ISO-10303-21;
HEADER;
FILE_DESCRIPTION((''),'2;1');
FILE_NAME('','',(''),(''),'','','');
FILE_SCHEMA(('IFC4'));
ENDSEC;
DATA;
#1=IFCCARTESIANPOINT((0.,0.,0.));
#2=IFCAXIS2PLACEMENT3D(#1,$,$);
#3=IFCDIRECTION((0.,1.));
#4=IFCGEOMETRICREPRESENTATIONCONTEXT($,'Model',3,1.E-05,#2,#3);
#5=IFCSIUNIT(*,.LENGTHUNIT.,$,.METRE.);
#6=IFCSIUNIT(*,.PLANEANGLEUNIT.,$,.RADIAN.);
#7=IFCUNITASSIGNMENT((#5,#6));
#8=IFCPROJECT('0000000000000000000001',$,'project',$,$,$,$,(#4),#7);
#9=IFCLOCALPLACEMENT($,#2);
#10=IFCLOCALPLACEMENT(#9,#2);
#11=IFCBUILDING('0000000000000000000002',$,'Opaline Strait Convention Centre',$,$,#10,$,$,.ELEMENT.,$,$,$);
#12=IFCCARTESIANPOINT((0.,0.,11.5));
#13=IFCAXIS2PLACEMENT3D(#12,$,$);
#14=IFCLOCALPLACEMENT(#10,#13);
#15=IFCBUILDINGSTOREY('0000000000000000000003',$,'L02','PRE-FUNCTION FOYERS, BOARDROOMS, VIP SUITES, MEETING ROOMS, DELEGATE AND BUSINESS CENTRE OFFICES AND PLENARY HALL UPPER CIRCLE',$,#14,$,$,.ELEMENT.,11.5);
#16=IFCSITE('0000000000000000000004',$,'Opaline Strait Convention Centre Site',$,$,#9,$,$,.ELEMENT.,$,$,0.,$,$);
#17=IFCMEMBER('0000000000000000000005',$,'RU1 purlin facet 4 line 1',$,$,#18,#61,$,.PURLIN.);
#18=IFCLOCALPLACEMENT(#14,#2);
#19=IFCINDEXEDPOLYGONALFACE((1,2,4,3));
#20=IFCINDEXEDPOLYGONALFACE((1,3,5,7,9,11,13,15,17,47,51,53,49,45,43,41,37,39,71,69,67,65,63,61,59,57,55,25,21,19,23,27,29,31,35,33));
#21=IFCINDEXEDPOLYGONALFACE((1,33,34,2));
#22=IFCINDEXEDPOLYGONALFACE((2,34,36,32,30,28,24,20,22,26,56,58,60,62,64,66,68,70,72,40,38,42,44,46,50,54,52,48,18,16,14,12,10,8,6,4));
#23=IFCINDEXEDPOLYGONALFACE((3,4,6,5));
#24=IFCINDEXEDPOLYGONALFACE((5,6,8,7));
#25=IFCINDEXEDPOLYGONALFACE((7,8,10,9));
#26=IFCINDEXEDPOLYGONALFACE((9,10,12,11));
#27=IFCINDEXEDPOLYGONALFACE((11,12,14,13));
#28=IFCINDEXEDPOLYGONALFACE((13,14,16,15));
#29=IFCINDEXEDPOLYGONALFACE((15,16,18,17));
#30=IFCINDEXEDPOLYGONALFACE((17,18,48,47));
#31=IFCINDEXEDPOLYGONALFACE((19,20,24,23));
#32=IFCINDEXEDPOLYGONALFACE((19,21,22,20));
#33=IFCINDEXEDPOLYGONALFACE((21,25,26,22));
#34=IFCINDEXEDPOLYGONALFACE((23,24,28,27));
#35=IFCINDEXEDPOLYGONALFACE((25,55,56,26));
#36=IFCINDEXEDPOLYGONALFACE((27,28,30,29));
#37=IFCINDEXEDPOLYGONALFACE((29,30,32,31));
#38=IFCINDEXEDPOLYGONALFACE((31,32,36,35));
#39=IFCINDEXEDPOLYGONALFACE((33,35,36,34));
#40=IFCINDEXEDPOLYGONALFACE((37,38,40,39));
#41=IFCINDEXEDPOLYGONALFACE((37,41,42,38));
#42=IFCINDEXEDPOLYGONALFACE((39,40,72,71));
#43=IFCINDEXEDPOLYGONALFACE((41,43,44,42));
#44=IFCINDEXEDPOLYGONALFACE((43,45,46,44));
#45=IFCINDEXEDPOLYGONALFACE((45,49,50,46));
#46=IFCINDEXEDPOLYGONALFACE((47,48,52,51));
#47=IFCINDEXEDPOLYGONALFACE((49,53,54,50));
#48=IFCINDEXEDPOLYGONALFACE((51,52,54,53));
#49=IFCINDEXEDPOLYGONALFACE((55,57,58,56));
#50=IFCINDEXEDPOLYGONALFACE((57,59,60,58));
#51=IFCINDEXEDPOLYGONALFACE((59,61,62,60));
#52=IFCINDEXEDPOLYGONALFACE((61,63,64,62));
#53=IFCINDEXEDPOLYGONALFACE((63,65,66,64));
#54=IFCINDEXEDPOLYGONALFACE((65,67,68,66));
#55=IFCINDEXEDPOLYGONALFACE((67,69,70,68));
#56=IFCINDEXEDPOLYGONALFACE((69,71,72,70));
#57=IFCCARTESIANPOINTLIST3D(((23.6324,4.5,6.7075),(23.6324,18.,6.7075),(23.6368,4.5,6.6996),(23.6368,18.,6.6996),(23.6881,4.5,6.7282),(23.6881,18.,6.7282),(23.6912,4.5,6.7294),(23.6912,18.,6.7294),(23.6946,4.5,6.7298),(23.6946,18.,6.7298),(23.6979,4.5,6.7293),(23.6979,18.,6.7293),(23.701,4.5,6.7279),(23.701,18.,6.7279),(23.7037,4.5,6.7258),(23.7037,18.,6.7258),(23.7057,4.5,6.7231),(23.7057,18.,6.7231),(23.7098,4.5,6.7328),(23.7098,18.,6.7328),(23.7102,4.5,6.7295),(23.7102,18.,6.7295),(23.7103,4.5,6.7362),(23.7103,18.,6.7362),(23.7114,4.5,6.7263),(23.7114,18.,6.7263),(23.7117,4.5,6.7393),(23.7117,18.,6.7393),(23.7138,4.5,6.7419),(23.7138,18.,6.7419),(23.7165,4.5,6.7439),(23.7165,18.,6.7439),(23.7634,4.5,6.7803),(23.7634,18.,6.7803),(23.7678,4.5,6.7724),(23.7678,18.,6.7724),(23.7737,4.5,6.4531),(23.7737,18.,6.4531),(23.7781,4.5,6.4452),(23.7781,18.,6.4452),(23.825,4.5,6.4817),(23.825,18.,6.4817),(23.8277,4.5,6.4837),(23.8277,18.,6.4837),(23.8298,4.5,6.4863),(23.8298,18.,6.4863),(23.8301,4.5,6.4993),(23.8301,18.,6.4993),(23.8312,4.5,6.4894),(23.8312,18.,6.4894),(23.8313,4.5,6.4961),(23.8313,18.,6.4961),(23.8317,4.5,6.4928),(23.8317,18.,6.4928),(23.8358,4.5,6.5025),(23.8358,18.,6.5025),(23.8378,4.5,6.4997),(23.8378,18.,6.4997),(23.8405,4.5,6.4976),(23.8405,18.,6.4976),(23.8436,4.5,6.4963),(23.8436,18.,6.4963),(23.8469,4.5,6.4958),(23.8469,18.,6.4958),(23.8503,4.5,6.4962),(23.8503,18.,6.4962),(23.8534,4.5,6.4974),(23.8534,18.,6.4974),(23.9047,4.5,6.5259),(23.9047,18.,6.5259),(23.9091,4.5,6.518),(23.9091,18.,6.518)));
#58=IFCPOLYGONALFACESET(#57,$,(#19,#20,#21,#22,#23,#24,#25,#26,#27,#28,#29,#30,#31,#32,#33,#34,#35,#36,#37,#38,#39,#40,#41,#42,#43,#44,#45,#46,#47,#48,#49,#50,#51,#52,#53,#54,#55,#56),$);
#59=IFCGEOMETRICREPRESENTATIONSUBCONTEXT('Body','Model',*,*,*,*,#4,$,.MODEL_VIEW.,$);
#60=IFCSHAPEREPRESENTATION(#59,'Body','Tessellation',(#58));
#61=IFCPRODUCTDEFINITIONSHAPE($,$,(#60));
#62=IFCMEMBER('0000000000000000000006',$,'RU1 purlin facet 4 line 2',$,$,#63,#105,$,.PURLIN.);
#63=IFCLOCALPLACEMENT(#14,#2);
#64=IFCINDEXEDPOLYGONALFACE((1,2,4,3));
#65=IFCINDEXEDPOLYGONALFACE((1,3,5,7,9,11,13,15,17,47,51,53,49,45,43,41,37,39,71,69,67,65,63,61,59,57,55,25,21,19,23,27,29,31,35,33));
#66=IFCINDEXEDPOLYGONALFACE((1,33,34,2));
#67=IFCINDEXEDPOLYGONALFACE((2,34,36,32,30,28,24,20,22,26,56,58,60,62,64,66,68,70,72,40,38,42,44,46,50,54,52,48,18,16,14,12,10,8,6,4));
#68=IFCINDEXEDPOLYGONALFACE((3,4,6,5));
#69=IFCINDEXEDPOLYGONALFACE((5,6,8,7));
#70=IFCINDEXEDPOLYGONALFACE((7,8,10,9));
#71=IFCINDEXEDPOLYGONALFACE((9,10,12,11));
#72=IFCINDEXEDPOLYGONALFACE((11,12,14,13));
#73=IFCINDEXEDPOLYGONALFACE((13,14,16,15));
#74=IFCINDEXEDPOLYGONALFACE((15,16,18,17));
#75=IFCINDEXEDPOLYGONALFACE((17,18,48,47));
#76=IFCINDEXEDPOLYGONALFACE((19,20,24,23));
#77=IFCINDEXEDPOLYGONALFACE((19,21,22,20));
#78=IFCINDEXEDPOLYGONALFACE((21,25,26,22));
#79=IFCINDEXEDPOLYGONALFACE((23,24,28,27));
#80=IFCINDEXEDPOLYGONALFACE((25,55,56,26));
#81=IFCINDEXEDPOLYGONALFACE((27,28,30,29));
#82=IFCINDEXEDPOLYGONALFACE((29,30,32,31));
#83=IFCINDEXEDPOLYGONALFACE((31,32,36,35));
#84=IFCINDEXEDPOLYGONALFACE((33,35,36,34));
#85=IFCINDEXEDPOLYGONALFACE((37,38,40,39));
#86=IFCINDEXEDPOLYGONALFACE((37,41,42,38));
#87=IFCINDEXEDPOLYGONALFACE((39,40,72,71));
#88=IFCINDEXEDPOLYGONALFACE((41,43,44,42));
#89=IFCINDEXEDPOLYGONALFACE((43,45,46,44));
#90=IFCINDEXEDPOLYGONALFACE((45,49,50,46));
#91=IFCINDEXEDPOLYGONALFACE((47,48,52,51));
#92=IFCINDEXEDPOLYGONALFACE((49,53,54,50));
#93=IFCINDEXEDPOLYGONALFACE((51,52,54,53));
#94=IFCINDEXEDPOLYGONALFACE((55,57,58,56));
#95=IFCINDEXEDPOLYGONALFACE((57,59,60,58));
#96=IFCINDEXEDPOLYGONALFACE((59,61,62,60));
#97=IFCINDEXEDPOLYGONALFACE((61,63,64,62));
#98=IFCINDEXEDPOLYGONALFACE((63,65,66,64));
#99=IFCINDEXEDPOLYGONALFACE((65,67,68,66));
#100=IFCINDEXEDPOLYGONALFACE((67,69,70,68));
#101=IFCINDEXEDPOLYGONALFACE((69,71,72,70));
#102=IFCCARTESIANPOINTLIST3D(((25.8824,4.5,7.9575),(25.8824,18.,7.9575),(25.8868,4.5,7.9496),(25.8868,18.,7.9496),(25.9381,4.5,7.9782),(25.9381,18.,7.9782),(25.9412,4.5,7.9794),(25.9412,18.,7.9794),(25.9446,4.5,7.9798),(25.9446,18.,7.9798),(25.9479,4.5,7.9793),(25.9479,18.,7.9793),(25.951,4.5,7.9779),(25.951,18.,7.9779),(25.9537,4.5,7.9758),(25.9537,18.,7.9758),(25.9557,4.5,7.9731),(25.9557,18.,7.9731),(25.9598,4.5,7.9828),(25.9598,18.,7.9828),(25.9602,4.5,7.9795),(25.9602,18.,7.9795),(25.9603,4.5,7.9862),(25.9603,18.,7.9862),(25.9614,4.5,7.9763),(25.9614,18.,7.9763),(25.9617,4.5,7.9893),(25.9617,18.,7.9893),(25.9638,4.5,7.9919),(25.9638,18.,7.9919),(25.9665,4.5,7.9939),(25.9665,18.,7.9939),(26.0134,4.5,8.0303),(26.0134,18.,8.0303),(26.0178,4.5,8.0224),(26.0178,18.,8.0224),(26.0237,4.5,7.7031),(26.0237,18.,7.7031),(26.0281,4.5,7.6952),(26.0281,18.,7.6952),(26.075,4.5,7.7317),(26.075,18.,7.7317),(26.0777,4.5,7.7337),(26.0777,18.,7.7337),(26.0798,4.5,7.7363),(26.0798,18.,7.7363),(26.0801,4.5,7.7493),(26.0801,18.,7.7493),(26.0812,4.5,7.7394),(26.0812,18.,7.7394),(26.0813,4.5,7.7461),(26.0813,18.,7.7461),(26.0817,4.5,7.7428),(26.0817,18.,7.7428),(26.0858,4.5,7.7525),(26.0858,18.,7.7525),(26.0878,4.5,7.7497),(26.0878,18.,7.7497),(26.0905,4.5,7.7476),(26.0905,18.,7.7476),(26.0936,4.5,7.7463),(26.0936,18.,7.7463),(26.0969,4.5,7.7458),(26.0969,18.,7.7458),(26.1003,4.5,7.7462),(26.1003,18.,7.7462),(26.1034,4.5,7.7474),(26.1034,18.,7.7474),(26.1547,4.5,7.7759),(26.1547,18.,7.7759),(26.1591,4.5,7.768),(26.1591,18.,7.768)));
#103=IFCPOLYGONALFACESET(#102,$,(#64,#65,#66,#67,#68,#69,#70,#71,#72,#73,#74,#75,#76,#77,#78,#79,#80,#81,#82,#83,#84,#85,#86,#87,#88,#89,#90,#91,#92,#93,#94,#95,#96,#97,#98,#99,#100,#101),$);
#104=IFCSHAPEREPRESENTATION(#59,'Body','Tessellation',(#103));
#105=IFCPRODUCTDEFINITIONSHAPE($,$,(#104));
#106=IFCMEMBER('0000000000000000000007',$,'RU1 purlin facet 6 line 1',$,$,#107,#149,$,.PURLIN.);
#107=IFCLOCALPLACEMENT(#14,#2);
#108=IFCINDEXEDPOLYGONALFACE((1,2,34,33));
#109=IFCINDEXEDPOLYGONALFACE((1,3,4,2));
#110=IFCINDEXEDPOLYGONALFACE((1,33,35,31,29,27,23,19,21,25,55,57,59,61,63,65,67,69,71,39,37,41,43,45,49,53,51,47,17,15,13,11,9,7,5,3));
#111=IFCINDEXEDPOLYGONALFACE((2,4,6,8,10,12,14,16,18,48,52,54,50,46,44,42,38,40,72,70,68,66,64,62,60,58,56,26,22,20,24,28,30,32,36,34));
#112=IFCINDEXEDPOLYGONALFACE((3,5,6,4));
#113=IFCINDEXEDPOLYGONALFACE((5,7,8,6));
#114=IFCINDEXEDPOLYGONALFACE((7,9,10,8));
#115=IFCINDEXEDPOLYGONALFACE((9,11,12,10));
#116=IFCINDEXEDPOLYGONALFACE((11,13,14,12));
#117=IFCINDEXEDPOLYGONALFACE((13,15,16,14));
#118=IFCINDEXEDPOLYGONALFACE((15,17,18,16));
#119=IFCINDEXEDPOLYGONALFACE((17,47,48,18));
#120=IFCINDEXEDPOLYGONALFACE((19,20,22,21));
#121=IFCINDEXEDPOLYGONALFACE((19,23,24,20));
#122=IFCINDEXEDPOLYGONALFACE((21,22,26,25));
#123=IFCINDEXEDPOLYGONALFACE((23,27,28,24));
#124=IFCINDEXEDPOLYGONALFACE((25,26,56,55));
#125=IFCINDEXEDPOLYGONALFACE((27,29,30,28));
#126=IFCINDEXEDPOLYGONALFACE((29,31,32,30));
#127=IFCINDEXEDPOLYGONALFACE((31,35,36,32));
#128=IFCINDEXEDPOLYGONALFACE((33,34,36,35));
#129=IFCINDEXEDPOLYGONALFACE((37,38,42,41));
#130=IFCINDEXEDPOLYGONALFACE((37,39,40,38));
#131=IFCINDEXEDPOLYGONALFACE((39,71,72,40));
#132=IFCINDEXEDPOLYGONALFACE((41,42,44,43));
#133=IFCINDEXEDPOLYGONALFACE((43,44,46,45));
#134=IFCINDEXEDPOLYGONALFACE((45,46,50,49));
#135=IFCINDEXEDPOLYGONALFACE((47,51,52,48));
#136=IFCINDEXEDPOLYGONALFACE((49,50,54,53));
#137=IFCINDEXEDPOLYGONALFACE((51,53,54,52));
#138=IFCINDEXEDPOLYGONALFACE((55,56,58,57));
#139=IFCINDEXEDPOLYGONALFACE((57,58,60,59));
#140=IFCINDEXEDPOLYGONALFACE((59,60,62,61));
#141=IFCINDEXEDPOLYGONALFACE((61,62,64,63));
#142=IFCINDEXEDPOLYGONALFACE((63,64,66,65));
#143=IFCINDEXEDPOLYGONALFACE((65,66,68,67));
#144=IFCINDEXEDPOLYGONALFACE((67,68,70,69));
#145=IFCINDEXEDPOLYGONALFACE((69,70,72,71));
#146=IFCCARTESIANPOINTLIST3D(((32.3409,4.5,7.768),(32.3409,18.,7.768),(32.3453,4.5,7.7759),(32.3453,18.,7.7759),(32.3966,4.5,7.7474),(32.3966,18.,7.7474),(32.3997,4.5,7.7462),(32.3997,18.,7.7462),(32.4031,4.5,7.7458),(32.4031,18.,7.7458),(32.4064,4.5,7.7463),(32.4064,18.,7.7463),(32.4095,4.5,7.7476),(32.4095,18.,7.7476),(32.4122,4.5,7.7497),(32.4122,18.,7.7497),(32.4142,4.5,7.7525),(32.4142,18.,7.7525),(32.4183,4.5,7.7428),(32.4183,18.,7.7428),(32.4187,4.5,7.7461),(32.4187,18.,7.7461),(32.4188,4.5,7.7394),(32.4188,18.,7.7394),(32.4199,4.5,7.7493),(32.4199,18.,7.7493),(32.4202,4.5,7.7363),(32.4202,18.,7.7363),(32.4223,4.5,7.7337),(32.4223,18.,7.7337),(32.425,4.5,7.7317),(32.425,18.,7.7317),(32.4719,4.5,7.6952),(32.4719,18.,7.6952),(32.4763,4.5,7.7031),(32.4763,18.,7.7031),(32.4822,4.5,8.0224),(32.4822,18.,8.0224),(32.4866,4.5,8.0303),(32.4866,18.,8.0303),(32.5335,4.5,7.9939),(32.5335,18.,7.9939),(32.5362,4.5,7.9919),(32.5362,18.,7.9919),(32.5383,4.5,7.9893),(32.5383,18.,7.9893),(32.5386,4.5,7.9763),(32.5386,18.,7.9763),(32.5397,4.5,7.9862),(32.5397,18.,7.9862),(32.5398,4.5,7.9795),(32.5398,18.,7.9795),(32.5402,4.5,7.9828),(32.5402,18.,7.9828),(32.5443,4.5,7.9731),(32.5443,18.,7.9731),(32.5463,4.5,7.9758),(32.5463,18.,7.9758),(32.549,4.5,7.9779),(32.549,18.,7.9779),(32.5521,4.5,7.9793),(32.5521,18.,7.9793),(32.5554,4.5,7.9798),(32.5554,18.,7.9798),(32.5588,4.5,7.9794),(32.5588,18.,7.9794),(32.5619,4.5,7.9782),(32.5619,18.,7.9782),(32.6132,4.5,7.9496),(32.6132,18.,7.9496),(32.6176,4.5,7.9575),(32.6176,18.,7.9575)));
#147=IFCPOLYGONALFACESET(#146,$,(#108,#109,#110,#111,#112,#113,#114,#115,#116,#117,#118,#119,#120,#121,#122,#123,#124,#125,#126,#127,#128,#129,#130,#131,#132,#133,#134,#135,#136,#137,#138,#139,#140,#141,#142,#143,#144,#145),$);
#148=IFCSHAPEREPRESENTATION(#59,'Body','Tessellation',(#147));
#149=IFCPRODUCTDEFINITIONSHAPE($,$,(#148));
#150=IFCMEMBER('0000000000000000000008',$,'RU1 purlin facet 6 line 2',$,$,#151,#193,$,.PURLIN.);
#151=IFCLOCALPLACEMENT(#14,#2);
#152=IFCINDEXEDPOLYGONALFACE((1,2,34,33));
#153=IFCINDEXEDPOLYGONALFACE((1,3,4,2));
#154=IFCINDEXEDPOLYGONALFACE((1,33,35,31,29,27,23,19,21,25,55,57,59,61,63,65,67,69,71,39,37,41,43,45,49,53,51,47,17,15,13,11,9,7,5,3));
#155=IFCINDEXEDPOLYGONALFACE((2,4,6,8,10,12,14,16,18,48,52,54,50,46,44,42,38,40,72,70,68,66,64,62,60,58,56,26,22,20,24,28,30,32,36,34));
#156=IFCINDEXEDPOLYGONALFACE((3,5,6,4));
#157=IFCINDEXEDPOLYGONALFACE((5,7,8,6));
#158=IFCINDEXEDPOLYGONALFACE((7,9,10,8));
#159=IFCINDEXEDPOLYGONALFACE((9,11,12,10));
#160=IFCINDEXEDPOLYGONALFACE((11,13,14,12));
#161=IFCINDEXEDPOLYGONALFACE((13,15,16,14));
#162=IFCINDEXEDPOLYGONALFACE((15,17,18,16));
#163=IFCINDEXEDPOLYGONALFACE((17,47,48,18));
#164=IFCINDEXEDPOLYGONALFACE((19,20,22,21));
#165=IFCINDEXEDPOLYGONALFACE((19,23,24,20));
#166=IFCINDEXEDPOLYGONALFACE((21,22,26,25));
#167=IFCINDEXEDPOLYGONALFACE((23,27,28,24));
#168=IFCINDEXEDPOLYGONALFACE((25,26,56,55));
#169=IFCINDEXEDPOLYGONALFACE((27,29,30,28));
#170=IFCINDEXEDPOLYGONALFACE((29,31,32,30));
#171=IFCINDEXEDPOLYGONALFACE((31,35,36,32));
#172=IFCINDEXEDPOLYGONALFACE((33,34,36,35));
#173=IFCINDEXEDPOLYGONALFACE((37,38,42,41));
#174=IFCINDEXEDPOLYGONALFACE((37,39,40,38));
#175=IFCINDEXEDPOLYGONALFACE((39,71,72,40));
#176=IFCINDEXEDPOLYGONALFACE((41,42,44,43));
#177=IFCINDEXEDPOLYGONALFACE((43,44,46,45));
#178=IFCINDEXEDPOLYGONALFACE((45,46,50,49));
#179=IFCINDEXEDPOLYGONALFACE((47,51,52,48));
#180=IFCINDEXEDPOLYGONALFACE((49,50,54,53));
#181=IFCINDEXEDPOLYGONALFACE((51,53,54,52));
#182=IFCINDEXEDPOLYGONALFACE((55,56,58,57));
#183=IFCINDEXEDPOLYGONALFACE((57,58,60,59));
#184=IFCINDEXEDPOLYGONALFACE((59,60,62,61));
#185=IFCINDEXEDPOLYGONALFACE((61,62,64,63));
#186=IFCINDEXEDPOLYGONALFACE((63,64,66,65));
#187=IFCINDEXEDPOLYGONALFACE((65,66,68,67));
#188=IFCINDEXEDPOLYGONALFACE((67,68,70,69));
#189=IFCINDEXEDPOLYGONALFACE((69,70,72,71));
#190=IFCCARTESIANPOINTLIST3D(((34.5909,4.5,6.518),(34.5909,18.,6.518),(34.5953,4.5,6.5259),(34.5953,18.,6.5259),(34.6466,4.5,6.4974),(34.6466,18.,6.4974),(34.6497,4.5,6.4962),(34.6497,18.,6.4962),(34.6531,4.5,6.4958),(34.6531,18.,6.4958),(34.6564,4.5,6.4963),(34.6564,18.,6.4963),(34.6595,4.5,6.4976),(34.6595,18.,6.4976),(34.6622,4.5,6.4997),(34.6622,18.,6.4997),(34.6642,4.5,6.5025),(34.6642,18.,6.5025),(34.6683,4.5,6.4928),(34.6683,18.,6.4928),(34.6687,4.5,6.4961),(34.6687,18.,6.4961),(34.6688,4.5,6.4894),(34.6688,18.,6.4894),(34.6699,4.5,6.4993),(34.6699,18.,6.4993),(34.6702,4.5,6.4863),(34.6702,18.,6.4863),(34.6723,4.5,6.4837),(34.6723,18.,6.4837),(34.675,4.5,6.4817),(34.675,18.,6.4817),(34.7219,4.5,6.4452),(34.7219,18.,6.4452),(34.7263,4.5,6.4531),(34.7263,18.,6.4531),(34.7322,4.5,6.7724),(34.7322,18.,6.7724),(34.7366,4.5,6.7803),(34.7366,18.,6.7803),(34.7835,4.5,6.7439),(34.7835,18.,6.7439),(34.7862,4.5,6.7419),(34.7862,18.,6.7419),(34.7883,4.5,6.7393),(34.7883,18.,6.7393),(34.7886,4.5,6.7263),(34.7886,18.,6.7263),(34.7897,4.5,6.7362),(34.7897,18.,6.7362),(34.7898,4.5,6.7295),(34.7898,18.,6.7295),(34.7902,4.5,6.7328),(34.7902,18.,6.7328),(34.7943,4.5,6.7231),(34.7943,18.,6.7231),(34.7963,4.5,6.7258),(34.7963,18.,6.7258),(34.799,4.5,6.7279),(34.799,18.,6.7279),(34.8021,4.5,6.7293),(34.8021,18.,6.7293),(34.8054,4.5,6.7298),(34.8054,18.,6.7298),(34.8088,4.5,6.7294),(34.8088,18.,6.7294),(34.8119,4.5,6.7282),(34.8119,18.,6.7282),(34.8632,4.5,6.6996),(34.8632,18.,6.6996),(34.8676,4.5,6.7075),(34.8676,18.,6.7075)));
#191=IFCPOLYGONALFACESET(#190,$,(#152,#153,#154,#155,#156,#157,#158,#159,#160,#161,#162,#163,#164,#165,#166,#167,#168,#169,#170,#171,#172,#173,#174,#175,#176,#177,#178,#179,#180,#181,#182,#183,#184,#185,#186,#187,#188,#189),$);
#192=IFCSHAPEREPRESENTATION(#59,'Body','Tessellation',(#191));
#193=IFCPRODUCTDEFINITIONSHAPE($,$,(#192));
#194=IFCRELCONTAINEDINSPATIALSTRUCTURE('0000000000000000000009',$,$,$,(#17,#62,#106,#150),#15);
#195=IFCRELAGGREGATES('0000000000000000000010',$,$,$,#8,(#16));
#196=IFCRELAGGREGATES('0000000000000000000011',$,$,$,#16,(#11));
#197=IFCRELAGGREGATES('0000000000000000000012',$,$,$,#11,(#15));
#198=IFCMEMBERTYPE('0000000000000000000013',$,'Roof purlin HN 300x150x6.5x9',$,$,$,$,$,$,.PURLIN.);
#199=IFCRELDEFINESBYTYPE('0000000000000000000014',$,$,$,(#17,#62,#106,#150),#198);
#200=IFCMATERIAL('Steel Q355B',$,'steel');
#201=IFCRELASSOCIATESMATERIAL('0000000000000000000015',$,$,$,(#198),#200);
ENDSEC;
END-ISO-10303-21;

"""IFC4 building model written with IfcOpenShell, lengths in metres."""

from ifc_helpers import new_model, si_unit, direction, frame, origin, origin_2d, place, context, subcontext, project, spatial, i_section, extrude, material, material_profile, profile_set, type_object, element, save


model = new_model("IFC4")

# Units and contexts
model_context = context("Model", 3, precision=1e-05, world=origin(), true_north=direction((0.0, 1.0)))
body_context = subcontext(model_context, "Body", "Model", "MODEL_VIEW")
ifc_project = project(units=[si_unit("LENGTHUNIT", "METRE"), si_unit("PLANEANGLEUNIT", "RADIAN")], contexts=[model_context])

# Site, building, storey
site_placement = place(None, origin())
site = spatial("IfcSite", under=ifc_project, at=site_placement, Name="Opaline Strait Convention Centre Site", CompositionType="ELEMENT", RefElevation=0.0)
building_placement = place(site_placement, origin())
building = spatial("IfcBuilding", under=site, at=building_placement, Name="Opaline Strait Convention Centre", CompositionType="ELEMENT")
storey_placement = place(building_placement, frame((0.0, 0.0, 11.5)))
storey = spatial("IfcBuildingStorey", under=building, at=storey_placement, Name="L02", Description="PRE-FUNCTION FOYERS, BOARDROOMS, VIP SUITES, MEETING ROOMS, DELEGATE AND BUSINESS CENTRE OFFICES AND PLENARY HALL UPPER CIRCLE", CompositionType="ELEMENT", Elevation=11.5)

# Shared definitions
ifc_material_1 = material(Name="Steel Q355B", Category="steel")

# Members
ifc_material_profile_1 = material_profile(ifc_material_1, i_section(OverallWidth=0.1499, OverallDepth=0.3, WebThickness=0.0066, FlangeThickness=0.009, FilletRadius=0.0129, at=origin_2d()), Name="HN 300x150x6.5x9")
ifc_profile_set_1 = profile_set([ifc_material_profile_1], Name="Steel Q355B")
member_type_1 = type_object("IfcMemberType", Name="Roof purlin HN 300x150x6.5x9", PredefinedType="PURLIN", material=ifc_profile_set_1)
for number, where, z_axis, x_axis, name in (
    (1, (23.7708, 4.5, 6.6128), (0.0, 1.0, 0.0), (-0.874157, 0.0, -0.485643), "RU1 purlin facet 4 line 1"),
    (2, (26.0208, 4.5, 7.8628), (0.0, 1.0, 0.0), (-0.874157, 0.0, -0.485643), "RU1 purlin facet 4 line 2"),
    (3, (32.4792, 4.5, 7.8628), (0.0, 1.0, 0.0), (-0.874157, 0.0, 0.485643), "RU1 purlin facet 6 line 1"),
    (4, (34.7292, 4.5, 6.6128), (0.0, 1.0, 0.0), (-0.874157, 0.0, 0.485643), "RU1 purlin facet 6 line 2"),
):
    element("IfcMember", number, at=place(storey_placement, frame(where, z_axis=z_axis, x_axis=x_axis)), inside=storey, type_object=member_type_1, Name=name, PredefinedType="PURLIN", context=body_context, shape_type="SweptSolid", body=[
        extrude(i_section(OverallWidth=0.1499, OverallDepth=0.3, WebThickness=0.0066, FlangeThickness=0.009, FilletRadius=0.0129, at=origin_2d()), origin(), (0.0, 0.0, 1.0), 13.5),
    ])

save(model, "model.ifc")
